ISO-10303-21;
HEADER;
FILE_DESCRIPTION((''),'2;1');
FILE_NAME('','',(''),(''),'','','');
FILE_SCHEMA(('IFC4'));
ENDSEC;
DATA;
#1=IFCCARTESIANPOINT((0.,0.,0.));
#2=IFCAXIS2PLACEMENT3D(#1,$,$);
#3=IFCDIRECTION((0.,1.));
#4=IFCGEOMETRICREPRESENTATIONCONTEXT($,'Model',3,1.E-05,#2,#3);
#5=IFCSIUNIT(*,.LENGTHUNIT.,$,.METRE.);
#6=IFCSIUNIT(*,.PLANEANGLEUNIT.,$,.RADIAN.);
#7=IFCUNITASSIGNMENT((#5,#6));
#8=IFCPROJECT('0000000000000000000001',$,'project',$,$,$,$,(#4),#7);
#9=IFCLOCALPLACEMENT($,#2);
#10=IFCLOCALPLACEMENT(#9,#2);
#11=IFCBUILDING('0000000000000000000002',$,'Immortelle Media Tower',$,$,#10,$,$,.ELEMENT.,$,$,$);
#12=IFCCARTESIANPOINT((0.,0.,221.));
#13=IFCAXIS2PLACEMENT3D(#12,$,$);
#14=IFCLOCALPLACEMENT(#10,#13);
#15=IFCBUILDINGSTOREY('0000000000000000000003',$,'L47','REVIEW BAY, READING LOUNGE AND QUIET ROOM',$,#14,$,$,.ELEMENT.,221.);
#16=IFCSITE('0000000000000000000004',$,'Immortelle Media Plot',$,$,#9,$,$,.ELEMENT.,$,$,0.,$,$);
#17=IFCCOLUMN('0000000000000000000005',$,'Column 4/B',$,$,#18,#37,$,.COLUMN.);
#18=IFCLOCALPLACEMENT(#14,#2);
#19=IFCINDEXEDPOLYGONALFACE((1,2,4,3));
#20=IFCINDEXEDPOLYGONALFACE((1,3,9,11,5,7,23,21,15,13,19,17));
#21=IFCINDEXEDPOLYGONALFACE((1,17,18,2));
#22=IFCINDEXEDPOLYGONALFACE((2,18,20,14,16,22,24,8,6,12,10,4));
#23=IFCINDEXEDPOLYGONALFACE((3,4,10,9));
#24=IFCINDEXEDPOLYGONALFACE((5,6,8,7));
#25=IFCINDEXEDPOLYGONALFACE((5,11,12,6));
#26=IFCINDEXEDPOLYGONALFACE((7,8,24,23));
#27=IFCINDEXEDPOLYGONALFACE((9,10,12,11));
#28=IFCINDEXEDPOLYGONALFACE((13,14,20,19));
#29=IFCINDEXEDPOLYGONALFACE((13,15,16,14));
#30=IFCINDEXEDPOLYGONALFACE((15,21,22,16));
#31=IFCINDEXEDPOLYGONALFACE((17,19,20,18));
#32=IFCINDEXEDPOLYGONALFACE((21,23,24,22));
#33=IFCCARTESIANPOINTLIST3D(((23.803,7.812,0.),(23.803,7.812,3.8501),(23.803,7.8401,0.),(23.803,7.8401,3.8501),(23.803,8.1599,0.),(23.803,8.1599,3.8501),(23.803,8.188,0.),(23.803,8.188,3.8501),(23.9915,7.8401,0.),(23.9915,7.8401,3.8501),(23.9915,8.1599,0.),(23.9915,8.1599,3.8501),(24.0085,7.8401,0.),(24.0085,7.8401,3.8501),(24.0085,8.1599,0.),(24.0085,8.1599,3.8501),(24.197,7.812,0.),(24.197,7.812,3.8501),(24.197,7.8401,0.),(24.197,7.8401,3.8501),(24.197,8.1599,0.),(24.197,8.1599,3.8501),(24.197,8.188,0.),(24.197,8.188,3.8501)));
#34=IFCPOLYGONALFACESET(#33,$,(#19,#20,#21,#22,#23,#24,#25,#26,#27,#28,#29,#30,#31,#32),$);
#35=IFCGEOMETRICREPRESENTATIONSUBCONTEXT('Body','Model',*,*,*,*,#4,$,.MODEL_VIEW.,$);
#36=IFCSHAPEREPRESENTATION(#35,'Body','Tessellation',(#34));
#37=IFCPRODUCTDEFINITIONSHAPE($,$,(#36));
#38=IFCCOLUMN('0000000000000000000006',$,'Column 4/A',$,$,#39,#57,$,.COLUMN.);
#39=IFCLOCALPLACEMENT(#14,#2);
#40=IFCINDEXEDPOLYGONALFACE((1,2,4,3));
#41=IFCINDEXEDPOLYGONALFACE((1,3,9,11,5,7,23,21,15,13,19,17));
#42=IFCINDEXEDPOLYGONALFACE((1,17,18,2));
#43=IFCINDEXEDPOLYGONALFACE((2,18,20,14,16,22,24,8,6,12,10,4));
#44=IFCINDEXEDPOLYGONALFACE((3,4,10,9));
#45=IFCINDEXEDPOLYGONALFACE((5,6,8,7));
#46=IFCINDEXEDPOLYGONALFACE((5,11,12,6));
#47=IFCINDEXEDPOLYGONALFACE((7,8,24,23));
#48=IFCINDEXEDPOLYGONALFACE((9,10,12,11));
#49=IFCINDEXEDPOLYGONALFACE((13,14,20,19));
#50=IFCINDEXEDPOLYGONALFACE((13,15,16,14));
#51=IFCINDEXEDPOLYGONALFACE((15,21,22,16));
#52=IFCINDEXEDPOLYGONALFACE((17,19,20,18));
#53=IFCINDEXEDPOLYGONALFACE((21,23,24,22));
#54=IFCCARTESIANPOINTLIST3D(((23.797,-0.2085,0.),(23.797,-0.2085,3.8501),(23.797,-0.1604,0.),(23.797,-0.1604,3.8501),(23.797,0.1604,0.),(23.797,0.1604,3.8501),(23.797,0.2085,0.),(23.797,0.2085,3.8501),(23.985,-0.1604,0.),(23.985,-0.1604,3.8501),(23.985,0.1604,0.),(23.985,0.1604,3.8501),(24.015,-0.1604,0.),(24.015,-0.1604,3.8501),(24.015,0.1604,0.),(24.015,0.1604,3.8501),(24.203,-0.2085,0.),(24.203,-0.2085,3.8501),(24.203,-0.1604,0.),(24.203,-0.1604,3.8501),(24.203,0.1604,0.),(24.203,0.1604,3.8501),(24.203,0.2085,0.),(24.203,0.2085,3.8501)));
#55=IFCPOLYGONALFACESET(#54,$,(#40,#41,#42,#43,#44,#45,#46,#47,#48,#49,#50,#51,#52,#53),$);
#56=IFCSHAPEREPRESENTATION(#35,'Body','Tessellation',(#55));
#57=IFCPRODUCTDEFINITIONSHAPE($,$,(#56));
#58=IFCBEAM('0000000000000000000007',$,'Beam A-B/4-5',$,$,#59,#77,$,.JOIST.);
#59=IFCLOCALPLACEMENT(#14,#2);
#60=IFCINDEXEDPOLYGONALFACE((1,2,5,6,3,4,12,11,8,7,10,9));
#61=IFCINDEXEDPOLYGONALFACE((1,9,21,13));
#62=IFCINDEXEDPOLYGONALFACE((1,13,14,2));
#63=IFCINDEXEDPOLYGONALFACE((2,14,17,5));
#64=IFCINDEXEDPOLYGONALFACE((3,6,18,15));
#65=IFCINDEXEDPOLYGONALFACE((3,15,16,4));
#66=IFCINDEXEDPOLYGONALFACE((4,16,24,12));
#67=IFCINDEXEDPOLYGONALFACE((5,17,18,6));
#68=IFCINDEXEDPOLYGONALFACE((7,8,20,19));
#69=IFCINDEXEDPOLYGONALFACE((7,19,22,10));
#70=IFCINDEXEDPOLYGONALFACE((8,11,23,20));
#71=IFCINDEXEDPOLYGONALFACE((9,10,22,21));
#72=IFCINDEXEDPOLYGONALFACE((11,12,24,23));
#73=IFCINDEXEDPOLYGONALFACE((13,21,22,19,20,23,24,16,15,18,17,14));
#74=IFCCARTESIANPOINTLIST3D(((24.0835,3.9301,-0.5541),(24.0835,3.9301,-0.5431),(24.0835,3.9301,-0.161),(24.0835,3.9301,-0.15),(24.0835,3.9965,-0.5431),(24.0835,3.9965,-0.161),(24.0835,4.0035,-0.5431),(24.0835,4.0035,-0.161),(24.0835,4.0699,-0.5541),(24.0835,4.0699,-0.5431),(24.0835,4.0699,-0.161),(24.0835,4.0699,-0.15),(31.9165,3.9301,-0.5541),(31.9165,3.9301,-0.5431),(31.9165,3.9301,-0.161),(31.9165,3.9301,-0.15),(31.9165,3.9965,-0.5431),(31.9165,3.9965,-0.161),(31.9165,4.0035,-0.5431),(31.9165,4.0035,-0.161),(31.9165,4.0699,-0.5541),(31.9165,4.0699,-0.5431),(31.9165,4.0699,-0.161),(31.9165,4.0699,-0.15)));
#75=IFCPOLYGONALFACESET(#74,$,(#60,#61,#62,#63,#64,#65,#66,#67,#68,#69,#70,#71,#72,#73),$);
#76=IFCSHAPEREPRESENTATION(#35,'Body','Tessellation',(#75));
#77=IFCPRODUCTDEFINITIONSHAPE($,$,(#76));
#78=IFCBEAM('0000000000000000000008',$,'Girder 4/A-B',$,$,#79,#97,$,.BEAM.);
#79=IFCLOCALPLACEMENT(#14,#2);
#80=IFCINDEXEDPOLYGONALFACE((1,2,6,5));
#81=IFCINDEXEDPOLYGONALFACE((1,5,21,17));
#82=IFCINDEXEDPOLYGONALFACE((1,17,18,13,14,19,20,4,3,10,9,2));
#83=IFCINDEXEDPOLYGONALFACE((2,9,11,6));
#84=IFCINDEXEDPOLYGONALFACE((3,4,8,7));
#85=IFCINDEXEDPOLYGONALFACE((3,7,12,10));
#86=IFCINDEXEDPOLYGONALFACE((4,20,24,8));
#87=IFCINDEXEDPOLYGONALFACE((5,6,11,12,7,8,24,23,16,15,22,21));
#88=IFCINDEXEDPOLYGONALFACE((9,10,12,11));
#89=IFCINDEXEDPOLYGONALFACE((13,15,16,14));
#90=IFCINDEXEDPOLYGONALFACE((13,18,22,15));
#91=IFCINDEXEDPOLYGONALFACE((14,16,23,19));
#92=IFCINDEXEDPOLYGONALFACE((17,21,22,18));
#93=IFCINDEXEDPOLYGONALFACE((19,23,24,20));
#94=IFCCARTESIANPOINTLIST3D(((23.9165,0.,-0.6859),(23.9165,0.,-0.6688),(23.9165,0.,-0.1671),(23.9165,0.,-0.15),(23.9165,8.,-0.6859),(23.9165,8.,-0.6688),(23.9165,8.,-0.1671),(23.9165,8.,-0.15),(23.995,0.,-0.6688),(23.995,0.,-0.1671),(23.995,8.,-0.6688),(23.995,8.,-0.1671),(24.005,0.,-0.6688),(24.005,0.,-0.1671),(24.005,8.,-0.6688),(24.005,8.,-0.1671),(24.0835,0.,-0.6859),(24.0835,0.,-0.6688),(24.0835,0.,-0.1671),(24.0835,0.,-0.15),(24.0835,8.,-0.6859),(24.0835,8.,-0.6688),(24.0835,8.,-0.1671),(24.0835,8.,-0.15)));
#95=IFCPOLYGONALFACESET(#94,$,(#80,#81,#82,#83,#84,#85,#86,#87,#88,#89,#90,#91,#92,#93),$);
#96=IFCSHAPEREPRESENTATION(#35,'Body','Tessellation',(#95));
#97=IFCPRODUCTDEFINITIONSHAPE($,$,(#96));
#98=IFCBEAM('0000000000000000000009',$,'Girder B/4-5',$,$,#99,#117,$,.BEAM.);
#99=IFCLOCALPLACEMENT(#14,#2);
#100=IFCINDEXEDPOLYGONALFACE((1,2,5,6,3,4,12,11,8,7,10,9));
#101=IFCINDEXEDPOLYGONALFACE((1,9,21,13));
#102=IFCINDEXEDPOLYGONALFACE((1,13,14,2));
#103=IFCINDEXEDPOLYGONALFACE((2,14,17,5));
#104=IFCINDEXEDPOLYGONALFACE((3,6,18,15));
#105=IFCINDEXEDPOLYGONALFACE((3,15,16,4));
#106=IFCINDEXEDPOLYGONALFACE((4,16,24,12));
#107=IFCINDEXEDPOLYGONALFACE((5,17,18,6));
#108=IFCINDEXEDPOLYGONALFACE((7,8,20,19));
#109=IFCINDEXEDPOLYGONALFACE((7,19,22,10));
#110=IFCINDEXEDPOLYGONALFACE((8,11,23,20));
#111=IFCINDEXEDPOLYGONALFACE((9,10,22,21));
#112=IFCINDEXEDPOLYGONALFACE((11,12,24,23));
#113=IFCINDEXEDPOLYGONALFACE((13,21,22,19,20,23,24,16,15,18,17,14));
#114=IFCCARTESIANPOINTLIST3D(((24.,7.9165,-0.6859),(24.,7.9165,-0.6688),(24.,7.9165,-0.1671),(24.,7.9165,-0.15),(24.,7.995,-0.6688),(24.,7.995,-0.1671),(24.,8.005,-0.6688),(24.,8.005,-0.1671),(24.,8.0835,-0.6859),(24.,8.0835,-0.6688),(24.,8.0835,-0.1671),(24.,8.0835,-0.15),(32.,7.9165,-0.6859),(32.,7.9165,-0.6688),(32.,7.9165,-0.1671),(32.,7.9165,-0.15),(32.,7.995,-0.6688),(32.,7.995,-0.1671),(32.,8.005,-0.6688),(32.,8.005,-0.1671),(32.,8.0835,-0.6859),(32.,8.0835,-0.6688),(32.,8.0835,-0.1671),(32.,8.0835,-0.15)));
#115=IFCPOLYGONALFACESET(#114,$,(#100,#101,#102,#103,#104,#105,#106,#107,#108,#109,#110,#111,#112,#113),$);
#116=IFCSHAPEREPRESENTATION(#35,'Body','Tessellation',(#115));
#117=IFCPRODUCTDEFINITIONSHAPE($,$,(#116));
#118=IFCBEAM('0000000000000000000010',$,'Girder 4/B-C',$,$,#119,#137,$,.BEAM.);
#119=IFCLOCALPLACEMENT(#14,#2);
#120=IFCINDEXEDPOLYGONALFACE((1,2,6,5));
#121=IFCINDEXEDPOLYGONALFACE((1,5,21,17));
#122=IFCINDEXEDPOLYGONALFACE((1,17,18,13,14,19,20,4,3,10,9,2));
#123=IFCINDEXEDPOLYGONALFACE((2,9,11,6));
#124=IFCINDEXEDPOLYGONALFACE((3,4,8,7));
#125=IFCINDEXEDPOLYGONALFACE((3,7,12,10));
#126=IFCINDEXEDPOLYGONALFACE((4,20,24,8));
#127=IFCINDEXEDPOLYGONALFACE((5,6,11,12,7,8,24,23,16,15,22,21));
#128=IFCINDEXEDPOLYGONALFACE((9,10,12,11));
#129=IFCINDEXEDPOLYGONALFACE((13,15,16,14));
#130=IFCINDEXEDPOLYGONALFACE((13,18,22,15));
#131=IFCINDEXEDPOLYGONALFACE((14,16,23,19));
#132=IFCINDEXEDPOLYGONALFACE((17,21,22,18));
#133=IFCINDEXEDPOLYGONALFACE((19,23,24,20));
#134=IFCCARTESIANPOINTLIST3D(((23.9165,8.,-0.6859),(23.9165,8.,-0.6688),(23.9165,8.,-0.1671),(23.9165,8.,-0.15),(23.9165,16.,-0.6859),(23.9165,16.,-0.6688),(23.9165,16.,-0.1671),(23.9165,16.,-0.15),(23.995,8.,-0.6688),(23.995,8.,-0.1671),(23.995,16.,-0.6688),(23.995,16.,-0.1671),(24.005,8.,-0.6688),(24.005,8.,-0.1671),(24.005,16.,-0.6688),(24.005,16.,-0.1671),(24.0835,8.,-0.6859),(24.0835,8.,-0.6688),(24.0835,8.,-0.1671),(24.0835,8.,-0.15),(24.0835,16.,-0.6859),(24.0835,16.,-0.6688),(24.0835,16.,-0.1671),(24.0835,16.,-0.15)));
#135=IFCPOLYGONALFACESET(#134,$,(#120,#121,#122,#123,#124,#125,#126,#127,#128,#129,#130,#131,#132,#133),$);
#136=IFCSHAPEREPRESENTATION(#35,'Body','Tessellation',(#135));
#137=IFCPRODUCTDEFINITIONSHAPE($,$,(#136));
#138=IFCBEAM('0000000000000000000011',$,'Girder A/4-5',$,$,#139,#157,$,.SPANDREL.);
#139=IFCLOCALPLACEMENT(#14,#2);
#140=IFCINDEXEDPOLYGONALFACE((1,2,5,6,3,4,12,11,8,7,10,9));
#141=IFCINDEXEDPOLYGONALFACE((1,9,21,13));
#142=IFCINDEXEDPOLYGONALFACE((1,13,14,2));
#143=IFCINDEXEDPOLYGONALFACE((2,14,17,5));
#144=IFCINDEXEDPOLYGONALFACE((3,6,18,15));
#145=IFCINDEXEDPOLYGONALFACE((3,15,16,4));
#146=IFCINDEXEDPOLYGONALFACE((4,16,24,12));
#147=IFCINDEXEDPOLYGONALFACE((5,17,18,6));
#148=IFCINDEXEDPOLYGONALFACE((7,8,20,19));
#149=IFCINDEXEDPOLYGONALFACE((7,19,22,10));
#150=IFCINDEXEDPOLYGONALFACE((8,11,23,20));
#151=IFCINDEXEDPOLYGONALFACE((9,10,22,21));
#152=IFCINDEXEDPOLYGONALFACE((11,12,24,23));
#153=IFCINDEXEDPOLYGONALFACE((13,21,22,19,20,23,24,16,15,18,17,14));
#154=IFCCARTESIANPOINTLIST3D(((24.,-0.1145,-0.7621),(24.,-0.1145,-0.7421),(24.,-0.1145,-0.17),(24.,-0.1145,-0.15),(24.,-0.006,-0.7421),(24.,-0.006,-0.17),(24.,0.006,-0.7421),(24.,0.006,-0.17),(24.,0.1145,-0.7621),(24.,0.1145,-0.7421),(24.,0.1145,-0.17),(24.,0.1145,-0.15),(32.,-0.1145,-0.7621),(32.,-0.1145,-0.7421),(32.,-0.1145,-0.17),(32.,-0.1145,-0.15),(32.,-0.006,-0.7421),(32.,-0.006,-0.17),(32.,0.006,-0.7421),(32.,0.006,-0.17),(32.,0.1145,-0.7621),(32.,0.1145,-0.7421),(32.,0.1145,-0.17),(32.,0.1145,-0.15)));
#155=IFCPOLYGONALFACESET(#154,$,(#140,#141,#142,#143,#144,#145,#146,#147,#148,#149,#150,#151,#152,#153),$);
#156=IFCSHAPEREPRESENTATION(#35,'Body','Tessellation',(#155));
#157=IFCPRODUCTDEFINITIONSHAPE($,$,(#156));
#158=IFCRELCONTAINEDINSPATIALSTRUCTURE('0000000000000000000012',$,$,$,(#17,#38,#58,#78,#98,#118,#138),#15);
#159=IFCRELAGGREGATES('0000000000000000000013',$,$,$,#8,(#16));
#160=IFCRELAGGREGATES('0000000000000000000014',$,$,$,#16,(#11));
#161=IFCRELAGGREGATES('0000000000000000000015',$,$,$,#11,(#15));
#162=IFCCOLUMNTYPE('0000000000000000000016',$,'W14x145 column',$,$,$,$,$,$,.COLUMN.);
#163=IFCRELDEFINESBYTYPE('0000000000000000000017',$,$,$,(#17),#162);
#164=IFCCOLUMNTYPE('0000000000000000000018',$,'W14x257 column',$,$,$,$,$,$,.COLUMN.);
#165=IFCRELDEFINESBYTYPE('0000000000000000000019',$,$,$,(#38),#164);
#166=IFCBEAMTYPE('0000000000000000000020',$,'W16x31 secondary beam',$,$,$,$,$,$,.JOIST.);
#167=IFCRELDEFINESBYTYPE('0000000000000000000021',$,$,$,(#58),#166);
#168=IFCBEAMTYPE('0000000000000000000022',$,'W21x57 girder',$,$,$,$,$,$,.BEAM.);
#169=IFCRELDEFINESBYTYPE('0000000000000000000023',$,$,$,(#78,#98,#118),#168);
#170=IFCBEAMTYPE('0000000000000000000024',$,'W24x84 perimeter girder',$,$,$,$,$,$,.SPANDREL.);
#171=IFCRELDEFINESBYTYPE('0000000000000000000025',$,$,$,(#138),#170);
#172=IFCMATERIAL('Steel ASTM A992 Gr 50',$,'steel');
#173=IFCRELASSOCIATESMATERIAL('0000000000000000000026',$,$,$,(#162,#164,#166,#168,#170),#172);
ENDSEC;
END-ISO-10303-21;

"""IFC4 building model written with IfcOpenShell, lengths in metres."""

from ifc_helpers import new_model, si_unit, direction, frame, origin, origin_2d, place, context, subcontext, project, spatial, i_section, extrude, material, material_profile, profile_set, type_object, element, save


model = new_model("IFC4")

# Units and contexts
model_context = context("Model", 3, precision=1e-05, world=origin(), true_north=direction((0.0, 1.0)))
body_context = subcontext(model_context, "Body", "Model", "MODEL_VIEW")
ifc_project = project(units=[si_unit("LENGTHUNIT", "METRE"), si_unit("PLANEANGLEUNIT", "RADIAN")], contexts=[model_context])

# Site, building, storey
site_placement = place(None, origin())
site = spatial("IfcSite", under=ifc_project, at=site_placement, Name="Immortelle Media Plot", CompositionType="ELEMENT", RefElevation=0.0)
building_placement = place(site_placement, origin())
building = spatial("IfcBuilding", under=site, at=building_placement, Name="Immortelle Media Tower", CompositionType="ELEMENT")
storey_placement = place(building_placement, frame((0.0, 0.0, 221.0)))
storey = spatial("IfcBuildingStorey", under=building, at=storey_placement, Name="L47", Description="REVIEW BAY, READING LOUNGE AND QUIET ROOM", CompositionType="ELEMENT", Elevation=221.0)

# Columns
ifc_material_1 = material(Name="Steel ASTM A992 Gr 50", Category="steel")
ifc_material_profile_1 = material_profile(ifc_material_1, i_section(OverallWidth=0.394, OverallDepth=0.376, WebThickness=0.0171, FlangeThickness=0.0281, at=origin_2d()), Name="W14x145")
ifc_profile_set_1 = profile_set([ifc_material_profile_1], Name="Steel ASTM A992 Gr 50")
column_type_1 = type_object("IfcColumnType", Name="W14x145 column", PredefinedType="COLUMN", material=ifc_profile_set_1)
column_1_placement = place(storey_placement, frame((24.0, 8.0, 0.0), z_axis=(0.0, 0.0, 1.0), x_axis=(1.0, 0.0, 0.0)))
element("IfcColumn", 1, at=column_1_placement, inside=storey, type_object=column_type_1, Name="Column 4/B", PredefinedType="COLUMN", context=body_context, shape_type="SweptSolid", body=[
    extrude(i_section(OverallWidth=0.394, OverallDepth=0.376, WebThickness=0.0171, FlangeThickness=0.0281, at=origin_2d()), origin(), (0.0, 0.0, 1.0), 3.8501),
])
ifc_material_profile_2 = material_profile(ifc_material_1, i_section(OverallWidth=0.406, OverallDepth=0.417, WebThickness=0.03, FlangeThickness=0.0481, at=origin_2d()), Name="W14x257")
ifc_profile_set_2 = profile_set([ifc_material_profile_2], Name="Steel ASTM A992 Gr 50")
column_type_2 = type_object("IfcColumnType", Name="W14x257 column", PredefinedType="COLUMN", material=ifc_profile_set_2)
column_2_placement = place(storey_placement, frame((24.0, 0.0, 0.0), z_axis=(0.0, 0.0, 1.0), x_axis=(1.0, 0.0, 0.0)))
element("IfcColumn", 2, at=column_2_placement, inside=storey, type_object=column_type_2, Name="Column 4/A", PredefinedType="COLUMN", context=body_context, shape_type="SweptSolid", body=[
    extrude(i_section(OverallWidth=0.406, OverallDepth=0.417, WebThickness=0.03, FlangeThickness=0.0481, at=origin_2d()), origin(), (0.0, 0.0, 1.0), 3.8501),
])

# Beams
ifc_material_profile_3 = material_profile(ifc_material_1, i_section(OverallWidth=0.1399, OverallDepth=0.4041, WebThickness=0.0071, FlangeThickness=0.011, at=origin_2d()), Name="W16x31")
ifc_profile_set_3 = profile_set([ifc_material_profile_3], Name="Steel ASTM A992 Gr 50")
beam_type_1 = type_object("IfcBeamType", Name="W16x31 secondary beam", PredefinedType="JOIST", material=ifc_profile_set_3)
beam_1_placement = place(storey_placement, frame((24.0835, 4.0, -0.3521), z_axis=(1.0, 0.0, 0.0), x_axis=(0.0, 1.0, 0.0)))
element("IfcBeam", 3, at=beam_1_placement, inside=storey, type_object=beam_type_1, Name="Beam A-B/4-5", PredefinedType="JOIST", context=body_context, shape_type="SweptSolid", body=[
    extrude(i_section(OverallWidth=0.1399, OverallDepth=0.4041, WebThickness=0.0071, FlangeThickness=0.011, at=origin_2d()), origin(), (0.0, 0.0, 1.0), 7.833),
])
ifc_material_profile_4 = material_profile(ifc_material_1, i_section(OverallWidth=0.167, OverallDepth=0.5359, WebThickness=0.01, FlangeThickness=0.0171, at=origin_2d()), Name="W21x57")
ifc_profile_set_4 = profile_set([ifc_material_profile_4], Name="Steel ASTM A992 Gr 50")
beam_type_2 = type_object("IfcBeamType", Name="W21x57 girder", PredefinedType="BEAM", material=ifc_profile_set_4)
for number, where, z_axis, x_axis, name in (
    (4, (24.0, 0.0, -0.418), (0.0, 1.0, 0.0), (-1.0, 0.0, 0.0), "Girder 4/A-B"),
    (5, (24.0, 8.0, -0.418), (1.0, 0.0, 0.0), (0.0, 1.0, 0.0), "Girder B/4-5"),
    (6, (24.0, 8.0, -0.418), (0.0, 1.0, 0.0), (-1.0, 0.0, 0.0), "Girder 4/B-C"),
):
    element("IfcBeam", number, at=place(storey_placement, frame(where, z_axis=z_axis, x_axis=x_axis)), inside=storey, type_object=beam_type_2, Name=name, PredefinedType="BEAM", context=body_context, shape_type="SweptSolid", body=[
        extrude(i_section(OverallWidth=0.167, OverallDepth=0.5359, WebThickness=0.01, FlangeThickness=0.0171, at=origin_2d()), origin(), (0.0, 0.0, 1.0), 8.0),
    ])
ifc_material_profile_5 = material_profile(ifc_material_1, i_section(OverallWidth=0.229, OverallDepth=0.6121, WebThickness=0.012, FlangeThickness=0.02, at=origin_2d()), Name="W24x84")
ifc_profile_set_5 = profile_set([ifc_material_profile_5], Name="Steel ASTM A992 Gr 50")
beam_type_3 = type_object("IfcBeamType", Name="W24x84 perimeter girder", PredefinedType="SPANDREL", material=ifc_profile_set_5)
beam_2_placement = place(storey_placement, frame((24.0, 0.0, -0.4561), z_axis=(1.0, 0.0, 0.0), x_axis=(0.0, 1.0, 0.0)))
element("IfcBeam", 7, at=beam_2_placement, inside=storey, type_object=beam_type_3, Name="Girder A/4-5", PredefinedType="SPANDREL", context=body_context, shape_type="SweptSolid", body=[
    extrude(i_section(OverallWidth=0.229, OverallDepth=0.6121, WebThickness=0.012, FlangeThickness=0.02, at=origin_2d()), origin(), (0.0, 0.0, 1.0), 8.0),
])

save(model, "model.ifc")
